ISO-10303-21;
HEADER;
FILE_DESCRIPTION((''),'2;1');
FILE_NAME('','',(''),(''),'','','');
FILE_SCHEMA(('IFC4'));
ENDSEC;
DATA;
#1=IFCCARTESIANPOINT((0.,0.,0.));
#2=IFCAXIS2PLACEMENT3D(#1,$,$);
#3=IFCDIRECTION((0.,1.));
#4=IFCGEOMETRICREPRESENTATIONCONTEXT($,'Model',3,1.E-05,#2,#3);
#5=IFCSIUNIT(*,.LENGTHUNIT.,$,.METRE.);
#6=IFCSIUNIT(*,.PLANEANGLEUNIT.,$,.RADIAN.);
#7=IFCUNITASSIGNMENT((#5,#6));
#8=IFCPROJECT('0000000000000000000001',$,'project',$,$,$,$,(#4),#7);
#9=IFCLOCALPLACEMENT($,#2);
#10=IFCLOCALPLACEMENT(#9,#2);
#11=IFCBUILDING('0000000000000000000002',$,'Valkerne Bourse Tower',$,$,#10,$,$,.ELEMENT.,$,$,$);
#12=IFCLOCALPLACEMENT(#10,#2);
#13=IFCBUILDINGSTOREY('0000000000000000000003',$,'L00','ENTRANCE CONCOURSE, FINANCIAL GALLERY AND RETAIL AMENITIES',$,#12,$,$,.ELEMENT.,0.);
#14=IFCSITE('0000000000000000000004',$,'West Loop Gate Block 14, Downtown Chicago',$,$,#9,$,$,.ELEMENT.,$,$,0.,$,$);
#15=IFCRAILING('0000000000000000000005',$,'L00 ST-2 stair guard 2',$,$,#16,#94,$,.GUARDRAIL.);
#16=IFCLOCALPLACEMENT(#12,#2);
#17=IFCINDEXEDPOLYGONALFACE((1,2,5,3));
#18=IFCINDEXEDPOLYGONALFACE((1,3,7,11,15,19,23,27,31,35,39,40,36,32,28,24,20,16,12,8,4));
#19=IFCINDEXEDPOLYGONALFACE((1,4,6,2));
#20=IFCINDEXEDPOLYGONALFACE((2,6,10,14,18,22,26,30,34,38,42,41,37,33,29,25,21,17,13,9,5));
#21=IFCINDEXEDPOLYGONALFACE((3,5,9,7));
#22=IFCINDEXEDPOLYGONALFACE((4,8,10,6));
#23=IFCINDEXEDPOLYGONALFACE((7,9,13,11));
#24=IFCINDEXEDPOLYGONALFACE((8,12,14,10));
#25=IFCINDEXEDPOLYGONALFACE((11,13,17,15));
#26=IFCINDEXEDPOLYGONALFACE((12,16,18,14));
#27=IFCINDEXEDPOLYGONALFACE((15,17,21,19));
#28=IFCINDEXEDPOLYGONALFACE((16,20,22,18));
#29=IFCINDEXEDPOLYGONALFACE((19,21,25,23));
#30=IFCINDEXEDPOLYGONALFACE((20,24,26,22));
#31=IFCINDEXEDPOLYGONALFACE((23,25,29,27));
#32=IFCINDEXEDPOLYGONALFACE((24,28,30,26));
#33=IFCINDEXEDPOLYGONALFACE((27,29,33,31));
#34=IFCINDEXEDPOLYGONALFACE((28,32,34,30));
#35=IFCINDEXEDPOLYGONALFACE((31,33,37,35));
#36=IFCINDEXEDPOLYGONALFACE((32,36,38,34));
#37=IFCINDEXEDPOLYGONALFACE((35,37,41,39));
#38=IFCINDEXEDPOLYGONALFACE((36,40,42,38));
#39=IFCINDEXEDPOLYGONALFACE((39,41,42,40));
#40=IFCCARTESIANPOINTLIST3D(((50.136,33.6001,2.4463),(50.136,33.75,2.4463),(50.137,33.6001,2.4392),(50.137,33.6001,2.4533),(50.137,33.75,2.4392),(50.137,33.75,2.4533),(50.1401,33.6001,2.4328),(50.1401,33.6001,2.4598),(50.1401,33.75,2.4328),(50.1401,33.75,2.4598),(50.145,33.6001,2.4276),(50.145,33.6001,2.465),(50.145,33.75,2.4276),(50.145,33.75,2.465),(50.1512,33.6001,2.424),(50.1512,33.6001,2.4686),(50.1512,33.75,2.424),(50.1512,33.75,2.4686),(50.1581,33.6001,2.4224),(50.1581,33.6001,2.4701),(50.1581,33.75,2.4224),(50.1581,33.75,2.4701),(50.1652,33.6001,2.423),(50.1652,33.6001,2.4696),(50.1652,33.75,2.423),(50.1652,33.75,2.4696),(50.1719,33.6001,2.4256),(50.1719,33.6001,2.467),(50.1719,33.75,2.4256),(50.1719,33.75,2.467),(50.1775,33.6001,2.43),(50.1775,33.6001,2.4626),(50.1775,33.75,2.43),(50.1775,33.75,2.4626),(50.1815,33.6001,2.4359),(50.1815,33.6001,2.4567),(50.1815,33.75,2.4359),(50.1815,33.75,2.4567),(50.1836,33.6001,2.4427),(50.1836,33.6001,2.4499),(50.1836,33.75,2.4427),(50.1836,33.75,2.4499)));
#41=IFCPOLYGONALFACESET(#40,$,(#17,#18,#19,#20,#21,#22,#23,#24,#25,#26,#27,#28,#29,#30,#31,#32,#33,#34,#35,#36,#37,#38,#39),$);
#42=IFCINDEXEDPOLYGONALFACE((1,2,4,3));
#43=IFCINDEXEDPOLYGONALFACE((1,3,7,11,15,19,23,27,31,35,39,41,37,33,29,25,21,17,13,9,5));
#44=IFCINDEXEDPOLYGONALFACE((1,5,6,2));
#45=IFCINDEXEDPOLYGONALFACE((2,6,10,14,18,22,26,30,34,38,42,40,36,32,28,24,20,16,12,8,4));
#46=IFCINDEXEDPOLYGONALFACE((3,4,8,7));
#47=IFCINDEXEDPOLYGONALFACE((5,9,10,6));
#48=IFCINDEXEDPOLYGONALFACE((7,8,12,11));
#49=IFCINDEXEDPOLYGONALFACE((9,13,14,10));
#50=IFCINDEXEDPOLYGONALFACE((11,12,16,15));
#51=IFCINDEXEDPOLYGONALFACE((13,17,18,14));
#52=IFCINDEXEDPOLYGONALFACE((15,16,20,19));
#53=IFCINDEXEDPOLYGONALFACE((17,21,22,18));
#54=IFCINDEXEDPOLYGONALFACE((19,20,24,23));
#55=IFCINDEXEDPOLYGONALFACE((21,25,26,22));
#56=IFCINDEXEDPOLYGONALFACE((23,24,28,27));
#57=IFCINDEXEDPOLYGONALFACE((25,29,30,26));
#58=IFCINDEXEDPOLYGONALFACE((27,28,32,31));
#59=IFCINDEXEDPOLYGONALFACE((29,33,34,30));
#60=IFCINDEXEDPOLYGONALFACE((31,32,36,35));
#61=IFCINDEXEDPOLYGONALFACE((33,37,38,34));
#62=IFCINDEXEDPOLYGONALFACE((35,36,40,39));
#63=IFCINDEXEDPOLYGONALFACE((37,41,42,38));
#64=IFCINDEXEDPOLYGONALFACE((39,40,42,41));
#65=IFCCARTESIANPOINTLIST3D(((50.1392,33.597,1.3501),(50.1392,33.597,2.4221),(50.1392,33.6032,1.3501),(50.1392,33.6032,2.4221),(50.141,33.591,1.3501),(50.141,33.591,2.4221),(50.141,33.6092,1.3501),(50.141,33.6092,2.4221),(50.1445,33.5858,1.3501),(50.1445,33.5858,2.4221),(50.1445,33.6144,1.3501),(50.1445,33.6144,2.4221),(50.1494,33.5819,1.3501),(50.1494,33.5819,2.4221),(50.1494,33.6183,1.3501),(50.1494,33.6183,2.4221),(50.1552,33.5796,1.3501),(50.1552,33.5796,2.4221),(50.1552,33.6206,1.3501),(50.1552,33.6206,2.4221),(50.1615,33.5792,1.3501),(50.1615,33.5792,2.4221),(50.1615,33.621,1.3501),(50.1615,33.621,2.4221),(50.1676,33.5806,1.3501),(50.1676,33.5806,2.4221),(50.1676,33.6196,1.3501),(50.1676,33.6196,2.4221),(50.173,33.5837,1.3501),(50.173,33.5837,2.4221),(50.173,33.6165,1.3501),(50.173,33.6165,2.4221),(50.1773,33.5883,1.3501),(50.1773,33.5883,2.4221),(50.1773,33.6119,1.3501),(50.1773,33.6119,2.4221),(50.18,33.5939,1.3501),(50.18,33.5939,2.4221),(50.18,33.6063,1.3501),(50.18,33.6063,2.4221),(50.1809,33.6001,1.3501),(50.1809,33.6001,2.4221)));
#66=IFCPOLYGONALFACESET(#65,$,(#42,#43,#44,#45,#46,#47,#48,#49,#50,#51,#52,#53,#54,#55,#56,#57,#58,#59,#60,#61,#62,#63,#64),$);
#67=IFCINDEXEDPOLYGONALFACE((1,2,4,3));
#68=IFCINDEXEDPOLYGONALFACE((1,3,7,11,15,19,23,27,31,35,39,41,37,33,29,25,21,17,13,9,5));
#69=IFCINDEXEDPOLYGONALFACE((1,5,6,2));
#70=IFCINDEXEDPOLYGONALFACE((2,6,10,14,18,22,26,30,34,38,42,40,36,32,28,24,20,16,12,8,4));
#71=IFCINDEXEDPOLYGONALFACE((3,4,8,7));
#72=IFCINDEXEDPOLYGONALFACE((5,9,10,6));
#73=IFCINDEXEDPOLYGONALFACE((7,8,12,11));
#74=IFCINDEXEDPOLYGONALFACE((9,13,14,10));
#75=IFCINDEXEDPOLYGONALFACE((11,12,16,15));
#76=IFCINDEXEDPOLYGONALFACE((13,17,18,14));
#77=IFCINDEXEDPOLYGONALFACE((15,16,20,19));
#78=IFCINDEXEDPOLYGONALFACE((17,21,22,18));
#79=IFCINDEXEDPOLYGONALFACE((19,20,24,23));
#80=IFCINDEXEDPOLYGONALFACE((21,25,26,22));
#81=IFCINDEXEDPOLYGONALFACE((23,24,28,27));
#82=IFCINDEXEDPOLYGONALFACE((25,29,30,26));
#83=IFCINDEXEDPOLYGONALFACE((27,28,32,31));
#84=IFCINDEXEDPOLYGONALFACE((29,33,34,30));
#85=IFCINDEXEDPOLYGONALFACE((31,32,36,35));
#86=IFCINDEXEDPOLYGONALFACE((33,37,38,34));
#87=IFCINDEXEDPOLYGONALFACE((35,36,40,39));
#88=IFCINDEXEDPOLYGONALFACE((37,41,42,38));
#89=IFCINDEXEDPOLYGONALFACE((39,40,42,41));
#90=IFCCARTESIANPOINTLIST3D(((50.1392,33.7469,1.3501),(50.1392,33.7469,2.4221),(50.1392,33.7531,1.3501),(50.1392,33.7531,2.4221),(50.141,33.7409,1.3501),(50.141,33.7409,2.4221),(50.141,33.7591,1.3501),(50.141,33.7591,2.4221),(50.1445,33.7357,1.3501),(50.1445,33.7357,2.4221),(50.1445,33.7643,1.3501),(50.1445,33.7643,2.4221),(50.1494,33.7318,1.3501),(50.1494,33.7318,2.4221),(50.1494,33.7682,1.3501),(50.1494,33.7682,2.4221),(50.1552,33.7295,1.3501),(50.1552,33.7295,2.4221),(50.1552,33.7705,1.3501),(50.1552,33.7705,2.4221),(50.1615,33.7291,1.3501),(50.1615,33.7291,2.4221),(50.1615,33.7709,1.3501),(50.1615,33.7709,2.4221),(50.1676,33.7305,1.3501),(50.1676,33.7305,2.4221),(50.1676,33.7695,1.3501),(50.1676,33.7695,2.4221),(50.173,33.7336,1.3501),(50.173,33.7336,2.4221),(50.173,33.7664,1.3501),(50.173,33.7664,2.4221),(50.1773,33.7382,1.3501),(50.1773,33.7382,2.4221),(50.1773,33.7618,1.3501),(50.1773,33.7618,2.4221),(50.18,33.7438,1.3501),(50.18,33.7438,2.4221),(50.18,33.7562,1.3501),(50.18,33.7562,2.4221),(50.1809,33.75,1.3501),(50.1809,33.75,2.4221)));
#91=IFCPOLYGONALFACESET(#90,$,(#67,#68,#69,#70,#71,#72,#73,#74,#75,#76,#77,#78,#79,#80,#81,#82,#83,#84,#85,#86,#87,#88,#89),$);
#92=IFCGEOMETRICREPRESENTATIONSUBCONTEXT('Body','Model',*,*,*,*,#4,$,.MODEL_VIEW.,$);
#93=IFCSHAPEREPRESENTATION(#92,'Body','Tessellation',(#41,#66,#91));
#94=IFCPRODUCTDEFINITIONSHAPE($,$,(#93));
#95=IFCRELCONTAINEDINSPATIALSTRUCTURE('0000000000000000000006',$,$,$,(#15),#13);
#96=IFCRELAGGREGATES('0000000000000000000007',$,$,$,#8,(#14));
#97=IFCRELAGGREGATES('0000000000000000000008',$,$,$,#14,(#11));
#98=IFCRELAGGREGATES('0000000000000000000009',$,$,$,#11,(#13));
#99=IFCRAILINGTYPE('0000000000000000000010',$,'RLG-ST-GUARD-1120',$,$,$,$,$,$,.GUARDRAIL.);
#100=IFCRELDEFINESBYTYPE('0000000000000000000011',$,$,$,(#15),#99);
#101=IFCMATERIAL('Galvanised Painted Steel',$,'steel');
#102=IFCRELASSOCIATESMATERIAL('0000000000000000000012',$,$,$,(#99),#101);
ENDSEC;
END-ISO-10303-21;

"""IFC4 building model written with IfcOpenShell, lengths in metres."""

from ifc_helpers import new_model, si_unit, direction, frame, origin, origin_2d, place, context, subcontext, project, spatial, circle, extrude, material, type_object, element, save


model = new_model("IFC4")

# Units and contexts
model_context = context("Model", 3, precision=1e-05, world=origin(), true_north=direction((0.0, 1.0)))
body_context = subcontext(model_context, "Body", "Model", "MODEL_VIEW")
ifc_project = project(units=[si_unit("LENGTHUNIT", "METRE"), si_unit("PLANEANGLEUNIT", "RADIAN")], contexts=[model_context])

# Site, building, storey
site_placement = place(None, origin())
site = spatial("IfcSite", under=ifc_project, at=site_placement, Name="West Loop Gate Block 14, Downtown Chicago", CompositionType="ELEMENT", RefElevation=0.0)
building_placement = place(site_placement, origin())
building = spatial("IfcBuilding", under=site, at=building_placement, Name="Valkerne Bourse Tower", CompositionType="ELEMENT")
storey_placement = place(building_placement, origin())
storey = spatial("IfcBuildingStorey", under=building, at=storey_placement, Name="L00", Description="ENTRANCE CONCOURSE, FINANCIAL GALLERY AND RETAIL AMENITIES", CompositionType="ELEMENT", Elevation=0.0)

# Railing
ifc_material_1 = material(Name="Galvanised Painted Steel", Category="steel")
railing_type_1 = type_object("IfcRailingType", Name="RLG-ST-GUARD-1120", PredefinedType="GUARDRAIL", material=ifc_material_1)
railing_1_placement = place(storey_placement, frame((50.1599, 33.6001, 1.3501)))
element("IfcRailing", 1, at=railing_1_placement, inside=storey, type_object=railing_type_1, Name="L00 ST-2 stair guard 2", PredefinedType="GUARDRAIL", context=body_context, shape_type="SweptSolid", body=[
    extrude(circle(Radius=0.0239, at=origin_2d()), frame((0.0, 0.0, 1.0962), z_axis=(0.0, 1.0, 0.0), x_axis=(-1.0, 0.0, 0.0)), (0.0, 0.0, 1.0), 0.1499),
    extrude(circle(Radius=0.021, at=origin_2d()), origin(), (0.0, 0.0, 1.0), 1.072),
    extrude(circle(Radius=0.021, at=origin_2d()), frame((0.0, 0.1499, 0.0)), (0.0, 0.0, 1.0), 1.072),
])

save(model, "model.ifc")
